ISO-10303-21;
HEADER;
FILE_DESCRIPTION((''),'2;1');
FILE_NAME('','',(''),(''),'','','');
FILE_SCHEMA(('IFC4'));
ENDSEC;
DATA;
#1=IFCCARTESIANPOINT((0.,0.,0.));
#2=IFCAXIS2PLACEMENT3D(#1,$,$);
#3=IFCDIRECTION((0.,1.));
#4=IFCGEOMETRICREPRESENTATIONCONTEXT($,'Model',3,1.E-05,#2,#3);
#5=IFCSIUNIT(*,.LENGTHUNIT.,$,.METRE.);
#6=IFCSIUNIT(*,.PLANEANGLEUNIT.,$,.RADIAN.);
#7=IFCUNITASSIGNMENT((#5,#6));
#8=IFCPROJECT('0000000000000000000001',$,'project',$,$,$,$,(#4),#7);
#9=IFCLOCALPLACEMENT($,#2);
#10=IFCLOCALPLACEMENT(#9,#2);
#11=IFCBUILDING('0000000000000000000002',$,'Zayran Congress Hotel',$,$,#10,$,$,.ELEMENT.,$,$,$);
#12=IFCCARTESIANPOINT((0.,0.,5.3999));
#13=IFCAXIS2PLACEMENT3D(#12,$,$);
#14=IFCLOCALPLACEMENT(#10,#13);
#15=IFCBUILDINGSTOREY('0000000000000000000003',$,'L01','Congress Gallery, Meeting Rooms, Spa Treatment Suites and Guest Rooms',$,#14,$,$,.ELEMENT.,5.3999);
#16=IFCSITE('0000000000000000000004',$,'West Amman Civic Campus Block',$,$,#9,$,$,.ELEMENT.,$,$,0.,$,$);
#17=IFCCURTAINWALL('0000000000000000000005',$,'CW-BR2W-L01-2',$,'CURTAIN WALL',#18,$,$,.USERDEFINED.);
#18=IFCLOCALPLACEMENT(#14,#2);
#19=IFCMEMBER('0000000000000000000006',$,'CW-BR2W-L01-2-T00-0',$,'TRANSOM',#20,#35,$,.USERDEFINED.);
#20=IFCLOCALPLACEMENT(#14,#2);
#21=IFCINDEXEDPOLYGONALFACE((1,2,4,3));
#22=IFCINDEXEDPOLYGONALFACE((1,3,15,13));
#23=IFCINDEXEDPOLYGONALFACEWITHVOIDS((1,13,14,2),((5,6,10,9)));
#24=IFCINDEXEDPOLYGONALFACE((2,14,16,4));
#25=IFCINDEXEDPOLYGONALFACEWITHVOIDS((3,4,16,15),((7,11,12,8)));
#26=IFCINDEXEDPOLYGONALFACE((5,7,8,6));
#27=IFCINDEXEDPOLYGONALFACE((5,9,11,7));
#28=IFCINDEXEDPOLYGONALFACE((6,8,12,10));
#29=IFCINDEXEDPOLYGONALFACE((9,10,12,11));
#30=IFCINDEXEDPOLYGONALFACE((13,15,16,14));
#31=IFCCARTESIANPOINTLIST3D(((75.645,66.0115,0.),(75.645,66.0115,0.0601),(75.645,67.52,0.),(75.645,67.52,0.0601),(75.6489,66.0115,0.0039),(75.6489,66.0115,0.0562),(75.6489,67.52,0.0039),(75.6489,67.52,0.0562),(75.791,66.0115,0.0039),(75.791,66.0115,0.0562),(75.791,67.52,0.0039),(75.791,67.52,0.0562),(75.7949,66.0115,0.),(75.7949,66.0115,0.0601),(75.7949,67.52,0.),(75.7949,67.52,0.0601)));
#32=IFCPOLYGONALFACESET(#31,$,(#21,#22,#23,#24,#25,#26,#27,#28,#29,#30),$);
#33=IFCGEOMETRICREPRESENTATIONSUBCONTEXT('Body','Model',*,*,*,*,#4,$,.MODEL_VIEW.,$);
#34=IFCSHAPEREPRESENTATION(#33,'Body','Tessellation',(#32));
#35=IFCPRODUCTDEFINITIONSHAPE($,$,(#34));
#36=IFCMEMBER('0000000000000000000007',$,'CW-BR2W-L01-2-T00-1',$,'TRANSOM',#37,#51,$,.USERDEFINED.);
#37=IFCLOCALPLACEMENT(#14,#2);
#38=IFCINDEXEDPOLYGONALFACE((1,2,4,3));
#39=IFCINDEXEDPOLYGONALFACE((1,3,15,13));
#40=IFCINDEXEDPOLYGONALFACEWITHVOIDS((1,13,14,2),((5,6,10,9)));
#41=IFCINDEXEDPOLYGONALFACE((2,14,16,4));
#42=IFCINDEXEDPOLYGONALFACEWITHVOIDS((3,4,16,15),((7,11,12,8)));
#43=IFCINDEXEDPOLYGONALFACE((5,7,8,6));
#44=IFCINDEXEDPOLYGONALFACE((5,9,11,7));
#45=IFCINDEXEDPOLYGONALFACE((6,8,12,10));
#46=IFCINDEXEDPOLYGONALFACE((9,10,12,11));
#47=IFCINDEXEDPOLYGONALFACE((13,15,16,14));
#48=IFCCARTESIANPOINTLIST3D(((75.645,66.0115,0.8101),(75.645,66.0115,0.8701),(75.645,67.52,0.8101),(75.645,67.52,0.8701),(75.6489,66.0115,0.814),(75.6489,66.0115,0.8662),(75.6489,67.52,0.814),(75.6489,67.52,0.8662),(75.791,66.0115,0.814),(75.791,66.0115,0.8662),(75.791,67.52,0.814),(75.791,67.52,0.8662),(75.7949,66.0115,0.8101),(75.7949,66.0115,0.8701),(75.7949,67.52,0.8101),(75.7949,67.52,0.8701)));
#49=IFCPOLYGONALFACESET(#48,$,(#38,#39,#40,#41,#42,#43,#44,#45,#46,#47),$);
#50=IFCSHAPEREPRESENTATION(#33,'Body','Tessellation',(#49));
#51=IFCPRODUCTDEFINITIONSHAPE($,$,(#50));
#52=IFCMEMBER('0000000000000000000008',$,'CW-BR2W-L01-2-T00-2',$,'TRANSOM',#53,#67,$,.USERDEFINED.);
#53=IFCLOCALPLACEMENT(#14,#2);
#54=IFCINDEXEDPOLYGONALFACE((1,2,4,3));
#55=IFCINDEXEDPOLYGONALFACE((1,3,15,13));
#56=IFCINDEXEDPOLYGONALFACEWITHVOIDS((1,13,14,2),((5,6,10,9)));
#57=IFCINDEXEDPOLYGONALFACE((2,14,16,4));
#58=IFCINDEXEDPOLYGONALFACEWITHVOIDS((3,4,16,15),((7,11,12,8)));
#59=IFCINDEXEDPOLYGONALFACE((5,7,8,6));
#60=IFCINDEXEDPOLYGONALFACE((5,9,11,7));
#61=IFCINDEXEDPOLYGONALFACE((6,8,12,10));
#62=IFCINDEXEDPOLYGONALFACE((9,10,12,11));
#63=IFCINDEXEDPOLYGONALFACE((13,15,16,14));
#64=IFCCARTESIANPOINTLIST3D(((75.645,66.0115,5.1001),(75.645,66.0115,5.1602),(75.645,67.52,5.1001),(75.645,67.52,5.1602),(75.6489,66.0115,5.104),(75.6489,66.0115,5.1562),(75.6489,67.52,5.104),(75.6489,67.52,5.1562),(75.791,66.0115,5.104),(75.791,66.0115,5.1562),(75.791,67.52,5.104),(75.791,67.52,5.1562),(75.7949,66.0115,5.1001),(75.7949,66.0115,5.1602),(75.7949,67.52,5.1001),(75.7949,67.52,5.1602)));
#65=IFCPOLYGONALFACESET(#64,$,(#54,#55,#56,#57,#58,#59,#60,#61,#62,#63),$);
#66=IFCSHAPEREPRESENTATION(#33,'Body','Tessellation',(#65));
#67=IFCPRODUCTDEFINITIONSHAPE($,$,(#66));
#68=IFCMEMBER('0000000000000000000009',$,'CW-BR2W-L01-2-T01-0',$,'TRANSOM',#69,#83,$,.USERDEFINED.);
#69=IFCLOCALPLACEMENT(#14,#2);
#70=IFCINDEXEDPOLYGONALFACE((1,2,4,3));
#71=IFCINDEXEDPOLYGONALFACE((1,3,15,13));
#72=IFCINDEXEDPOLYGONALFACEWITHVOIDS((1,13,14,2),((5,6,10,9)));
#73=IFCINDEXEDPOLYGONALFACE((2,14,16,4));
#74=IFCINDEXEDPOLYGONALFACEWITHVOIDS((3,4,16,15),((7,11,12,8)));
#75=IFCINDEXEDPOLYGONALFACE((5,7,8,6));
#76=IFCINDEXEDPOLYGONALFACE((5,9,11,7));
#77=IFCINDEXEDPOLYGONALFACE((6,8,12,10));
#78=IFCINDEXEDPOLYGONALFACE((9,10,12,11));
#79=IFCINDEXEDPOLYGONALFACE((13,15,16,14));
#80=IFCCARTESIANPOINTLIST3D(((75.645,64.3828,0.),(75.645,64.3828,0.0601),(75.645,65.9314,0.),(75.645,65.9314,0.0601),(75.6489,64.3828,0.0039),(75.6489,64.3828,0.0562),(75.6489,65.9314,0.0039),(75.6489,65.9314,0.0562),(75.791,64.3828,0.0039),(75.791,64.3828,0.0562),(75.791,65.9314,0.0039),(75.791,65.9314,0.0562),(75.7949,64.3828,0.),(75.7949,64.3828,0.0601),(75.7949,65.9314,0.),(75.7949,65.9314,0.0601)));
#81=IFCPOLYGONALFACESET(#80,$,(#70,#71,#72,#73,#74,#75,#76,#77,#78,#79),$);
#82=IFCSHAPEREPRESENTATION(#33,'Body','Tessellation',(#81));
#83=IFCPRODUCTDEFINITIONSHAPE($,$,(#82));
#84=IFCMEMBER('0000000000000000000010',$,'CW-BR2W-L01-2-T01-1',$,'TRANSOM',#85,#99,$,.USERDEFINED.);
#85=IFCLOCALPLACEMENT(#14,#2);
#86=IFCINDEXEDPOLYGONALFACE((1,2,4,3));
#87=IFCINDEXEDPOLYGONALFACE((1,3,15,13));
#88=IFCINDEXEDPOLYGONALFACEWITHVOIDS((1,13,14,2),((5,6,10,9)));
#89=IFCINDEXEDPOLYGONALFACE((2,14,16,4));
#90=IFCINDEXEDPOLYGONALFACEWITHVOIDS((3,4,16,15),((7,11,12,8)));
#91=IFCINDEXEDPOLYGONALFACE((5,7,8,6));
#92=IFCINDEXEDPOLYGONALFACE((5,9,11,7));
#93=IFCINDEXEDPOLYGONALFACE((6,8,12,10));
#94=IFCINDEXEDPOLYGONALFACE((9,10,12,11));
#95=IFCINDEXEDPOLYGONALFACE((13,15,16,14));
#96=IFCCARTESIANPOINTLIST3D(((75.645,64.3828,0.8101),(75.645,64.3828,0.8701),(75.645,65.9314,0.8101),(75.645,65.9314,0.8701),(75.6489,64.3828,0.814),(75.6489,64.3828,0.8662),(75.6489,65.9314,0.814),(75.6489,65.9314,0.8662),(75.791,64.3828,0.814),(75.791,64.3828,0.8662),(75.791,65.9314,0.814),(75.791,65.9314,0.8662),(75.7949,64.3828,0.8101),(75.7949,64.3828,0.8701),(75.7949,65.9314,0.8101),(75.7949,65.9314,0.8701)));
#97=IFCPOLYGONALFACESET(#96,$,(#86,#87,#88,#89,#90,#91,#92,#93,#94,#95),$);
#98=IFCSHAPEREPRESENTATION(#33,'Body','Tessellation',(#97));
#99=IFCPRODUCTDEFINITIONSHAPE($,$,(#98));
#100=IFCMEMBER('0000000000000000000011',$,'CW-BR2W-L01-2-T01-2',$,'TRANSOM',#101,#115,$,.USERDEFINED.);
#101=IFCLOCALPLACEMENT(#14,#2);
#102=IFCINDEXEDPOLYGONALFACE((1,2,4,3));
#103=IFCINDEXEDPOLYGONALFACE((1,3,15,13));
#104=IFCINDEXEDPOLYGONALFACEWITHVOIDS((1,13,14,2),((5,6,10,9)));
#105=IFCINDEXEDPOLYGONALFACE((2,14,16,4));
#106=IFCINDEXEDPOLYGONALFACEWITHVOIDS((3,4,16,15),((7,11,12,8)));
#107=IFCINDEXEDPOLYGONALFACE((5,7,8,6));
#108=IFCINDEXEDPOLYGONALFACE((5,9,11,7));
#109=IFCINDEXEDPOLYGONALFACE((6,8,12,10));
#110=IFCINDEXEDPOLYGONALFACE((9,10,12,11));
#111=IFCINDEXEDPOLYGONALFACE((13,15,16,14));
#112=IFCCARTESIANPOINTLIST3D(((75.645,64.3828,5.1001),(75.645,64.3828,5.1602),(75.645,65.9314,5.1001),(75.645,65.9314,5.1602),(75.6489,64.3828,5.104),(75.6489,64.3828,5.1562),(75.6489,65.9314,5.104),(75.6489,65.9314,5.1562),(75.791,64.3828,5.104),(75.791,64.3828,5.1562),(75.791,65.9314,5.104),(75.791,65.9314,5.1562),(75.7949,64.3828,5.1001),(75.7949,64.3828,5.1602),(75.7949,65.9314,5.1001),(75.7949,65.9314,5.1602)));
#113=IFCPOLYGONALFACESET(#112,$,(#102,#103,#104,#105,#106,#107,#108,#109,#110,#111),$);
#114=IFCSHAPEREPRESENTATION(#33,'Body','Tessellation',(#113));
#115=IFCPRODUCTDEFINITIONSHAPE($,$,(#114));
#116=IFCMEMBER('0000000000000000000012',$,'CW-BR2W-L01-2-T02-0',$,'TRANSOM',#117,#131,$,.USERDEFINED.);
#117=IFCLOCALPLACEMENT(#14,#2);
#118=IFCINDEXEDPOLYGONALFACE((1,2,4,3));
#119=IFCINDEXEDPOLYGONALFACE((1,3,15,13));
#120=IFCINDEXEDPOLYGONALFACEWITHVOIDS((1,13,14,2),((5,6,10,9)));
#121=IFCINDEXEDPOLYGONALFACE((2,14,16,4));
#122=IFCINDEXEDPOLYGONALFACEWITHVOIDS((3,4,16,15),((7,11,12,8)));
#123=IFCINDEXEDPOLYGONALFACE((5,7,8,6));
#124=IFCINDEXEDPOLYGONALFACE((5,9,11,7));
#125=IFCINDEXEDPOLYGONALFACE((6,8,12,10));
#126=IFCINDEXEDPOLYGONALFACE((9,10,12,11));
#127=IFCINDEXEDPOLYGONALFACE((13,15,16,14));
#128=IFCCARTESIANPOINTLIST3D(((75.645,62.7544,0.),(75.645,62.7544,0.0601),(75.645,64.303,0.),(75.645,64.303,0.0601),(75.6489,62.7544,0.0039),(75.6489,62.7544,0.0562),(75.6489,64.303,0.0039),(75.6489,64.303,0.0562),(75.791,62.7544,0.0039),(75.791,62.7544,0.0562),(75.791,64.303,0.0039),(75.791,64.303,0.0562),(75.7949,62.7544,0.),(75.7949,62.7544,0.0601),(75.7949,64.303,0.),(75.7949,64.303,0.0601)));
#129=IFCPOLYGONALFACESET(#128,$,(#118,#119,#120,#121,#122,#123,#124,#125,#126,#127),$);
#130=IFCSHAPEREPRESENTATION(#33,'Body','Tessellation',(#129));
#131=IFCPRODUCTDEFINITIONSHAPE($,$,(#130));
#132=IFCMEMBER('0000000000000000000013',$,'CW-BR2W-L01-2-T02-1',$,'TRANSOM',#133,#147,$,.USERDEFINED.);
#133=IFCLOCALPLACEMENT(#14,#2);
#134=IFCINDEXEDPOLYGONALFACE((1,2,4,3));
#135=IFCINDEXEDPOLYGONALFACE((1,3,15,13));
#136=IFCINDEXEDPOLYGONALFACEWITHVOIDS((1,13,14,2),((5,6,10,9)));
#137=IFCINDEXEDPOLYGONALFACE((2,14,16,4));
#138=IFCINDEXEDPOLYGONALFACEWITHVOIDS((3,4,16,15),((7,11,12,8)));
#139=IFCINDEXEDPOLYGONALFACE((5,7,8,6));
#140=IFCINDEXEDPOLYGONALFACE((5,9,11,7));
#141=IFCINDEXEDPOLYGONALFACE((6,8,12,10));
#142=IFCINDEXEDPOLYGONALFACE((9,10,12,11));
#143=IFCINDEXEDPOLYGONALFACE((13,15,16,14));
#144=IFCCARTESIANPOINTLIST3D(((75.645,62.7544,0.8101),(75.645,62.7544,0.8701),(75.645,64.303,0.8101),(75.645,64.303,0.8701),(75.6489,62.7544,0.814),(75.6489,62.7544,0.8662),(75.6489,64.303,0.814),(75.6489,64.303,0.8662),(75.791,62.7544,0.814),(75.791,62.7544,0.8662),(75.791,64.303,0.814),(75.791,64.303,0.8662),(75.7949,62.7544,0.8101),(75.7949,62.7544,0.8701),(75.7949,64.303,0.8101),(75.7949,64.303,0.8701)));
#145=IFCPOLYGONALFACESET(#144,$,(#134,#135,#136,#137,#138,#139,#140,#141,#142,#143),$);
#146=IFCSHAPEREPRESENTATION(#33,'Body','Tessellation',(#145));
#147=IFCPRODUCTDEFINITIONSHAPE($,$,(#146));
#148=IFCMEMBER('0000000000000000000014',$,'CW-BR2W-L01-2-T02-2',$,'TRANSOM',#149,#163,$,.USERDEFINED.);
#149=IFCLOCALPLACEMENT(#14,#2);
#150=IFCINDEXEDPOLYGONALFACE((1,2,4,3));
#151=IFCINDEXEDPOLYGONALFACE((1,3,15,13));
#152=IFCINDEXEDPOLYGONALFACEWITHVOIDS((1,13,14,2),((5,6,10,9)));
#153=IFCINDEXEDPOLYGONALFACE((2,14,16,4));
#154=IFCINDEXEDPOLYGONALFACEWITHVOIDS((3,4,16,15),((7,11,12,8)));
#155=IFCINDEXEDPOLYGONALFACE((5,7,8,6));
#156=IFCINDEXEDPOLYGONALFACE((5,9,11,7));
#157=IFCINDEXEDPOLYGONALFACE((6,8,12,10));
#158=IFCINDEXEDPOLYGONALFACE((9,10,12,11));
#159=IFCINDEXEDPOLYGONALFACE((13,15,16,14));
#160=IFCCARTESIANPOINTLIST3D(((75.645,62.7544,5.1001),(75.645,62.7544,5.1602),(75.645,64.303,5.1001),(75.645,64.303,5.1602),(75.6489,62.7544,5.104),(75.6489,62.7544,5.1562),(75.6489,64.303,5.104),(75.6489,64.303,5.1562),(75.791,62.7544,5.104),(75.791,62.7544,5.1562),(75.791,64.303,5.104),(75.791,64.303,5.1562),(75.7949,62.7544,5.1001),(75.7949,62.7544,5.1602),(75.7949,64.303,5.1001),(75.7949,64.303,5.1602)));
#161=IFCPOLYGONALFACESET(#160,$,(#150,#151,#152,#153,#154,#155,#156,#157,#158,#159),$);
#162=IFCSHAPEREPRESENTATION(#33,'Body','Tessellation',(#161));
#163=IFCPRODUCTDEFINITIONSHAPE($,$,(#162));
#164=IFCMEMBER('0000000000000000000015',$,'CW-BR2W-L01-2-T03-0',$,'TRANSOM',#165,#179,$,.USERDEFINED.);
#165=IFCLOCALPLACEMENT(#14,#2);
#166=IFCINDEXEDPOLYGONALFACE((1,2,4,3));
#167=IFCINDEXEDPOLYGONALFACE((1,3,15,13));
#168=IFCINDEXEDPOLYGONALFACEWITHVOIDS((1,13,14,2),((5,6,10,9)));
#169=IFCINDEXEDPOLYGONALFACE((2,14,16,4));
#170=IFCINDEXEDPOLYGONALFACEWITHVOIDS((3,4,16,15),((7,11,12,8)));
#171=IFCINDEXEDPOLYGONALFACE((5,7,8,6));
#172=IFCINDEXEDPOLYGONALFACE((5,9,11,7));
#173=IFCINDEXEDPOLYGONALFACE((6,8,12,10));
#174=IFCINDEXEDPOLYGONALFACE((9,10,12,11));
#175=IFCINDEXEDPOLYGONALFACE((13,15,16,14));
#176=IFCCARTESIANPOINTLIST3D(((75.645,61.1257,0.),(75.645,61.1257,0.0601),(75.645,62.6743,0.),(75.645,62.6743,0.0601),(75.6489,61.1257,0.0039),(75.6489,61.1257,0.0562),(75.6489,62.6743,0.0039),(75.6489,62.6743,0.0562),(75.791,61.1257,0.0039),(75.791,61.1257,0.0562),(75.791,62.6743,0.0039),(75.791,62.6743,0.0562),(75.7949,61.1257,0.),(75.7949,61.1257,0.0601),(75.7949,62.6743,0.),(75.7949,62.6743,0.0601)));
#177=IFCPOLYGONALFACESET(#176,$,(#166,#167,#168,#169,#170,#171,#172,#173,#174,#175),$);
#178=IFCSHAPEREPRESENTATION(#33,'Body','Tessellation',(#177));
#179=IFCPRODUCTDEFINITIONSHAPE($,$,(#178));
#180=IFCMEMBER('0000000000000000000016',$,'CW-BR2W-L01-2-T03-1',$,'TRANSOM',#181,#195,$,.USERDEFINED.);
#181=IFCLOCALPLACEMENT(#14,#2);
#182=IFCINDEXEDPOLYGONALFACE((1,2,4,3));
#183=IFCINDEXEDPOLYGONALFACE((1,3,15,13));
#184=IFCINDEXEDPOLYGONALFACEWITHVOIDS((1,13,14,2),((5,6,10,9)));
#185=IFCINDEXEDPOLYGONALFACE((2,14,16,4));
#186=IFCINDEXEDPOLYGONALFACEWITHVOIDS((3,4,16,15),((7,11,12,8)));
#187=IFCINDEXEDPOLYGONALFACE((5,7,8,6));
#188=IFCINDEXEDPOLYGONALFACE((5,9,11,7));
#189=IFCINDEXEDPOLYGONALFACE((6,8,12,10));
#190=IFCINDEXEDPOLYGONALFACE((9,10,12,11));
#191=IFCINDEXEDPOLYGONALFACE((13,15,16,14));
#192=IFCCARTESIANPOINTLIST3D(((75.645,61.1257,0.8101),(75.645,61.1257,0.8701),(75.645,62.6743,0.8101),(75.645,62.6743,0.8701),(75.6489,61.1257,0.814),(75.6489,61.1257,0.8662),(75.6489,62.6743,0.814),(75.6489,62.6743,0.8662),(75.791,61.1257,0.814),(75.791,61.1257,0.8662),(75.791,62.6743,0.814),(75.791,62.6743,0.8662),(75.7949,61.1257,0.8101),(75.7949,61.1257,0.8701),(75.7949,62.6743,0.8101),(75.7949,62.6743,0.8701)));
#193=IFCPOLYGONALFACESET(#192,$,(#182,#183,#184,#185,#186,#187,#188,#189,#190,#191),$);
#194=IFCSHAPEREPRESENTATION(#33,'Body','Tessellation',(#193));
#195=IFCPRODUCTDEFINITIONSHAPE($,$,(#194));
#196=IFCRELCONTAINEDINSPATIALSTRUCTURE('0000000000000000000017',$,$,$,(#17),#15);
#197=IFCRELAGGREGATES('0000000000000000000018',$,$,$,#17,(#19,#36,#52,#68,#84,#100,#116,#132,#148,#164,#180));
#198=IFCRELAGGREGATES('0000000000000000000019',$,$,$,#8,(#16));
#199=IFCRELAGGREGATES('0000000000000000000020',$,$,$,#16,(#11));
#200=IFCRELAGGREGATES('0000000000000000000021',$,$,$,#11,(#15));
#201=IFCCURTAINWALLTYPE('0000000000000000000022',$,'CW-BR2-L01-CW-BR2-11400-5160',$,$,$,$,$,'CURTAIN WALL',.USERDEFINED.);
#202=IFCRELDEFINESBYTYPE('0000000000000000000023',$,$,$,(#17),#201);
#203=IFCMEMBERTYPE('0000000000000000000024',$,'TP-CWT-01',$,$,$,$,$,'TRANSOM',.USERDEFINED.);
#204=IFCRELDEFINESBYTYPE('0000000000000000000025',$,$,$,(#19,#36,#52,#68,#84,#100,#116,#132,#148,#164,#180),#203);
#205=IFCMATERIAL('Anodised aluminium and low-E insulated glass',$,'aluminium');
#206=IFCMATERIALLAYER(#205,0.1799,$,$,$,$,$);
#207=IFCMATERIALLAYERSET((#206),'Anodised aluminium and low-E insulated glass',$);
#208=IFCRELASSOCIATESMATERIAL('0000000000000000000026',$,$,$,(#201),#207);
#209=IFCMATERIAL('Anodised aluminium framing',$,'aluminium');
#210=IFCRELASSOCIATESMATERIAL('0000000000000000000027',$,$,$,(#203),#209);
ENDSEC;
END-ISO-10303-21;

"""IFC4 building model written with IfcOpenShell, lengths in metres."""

from ifc_helpers import new_model, si_unit, direction, frame, origin, origin_2d, place, context, subcontext, project, spatial, hollow_rectangle, extrude, material, layer, layer_set, material_profile, profile_set, type_object, element, aggregate, save


model = new_model("IFC4")

# Units and contexts
model_context = context("Model", 3, precision=1e-05, world=origin(), true_north=direction((0.0, 1.0)))
body_context = subcontext(model_context, "Body", "Model", "MODEL_VIEW")
ifc_project = project(units=[si_unit("LENGTHUNIT", "METRE"), si_unit("PLANEANGLEUNIT", "RADIAN")], contexts=[model_context])

# Site, building, storey
site_placement = place(None, origin())
site = spatial("IfcSite", under=ifc_project, at=site_placement, Name="West Amman Civic Campus Block", CompositionType="ELEMENT", RefElevation=0.0)
building_placement = place(site_placement, origin())
building = spatial("IfcBuilding", under=site, at=building_placement, Name="Zayran Congress Hotel", CompositionType="ELEMENT")
storey_placement = place(building_placement, frame((0.0, 0.0, 5.3999)))
storey = spatial("IfcBuildingStorey", under=building, at=storey_placement, Name="L01", Description="Congress Gallery, Meeting Rooms, Spa Treatment Suites and Guest Rooms", CompositionType="ELEMENT", Elevation=5.3999)

# Curtain wall, members
ifc_material_1 = material(Name="Anodised aluminium and low-E insulated glass", Category="aluminium")
ifc_layer_1 = layer(ifc_material_1, 0.1799)
ifc_layer_set_1 = layer_set([ifc_layer_1], Name="Anodised aluminium and low-E insulated glass")
curtain_wall_type = type_object("IfcCurtainWallType", Name="CW-BR2-L01-CW-BR2-11400-5160", ElementType="CURTAIN WALL", PredefinedType="USERDEFINED", material=ifc_layer_set_1)
curtain_wall_placement = place(storey_placement, origin())
curtain_wall = element("IfcCurtainWall", 1, at=curtain_wall_placement, inside=storey, type_object=curtain_wall_type, Name="CW-BR2W-L01-2", ObjectType="CURTAIN WALL", PredefinedType="USERDEFINED")
ifc_material_2 = material(Name="Anodised aluminium framing", Category="aluminium")
ifc_material_profile_1 = material_profile(ifc_material_2, hollow_rectangle(XDim=0.0601, YDim=0.1499, WallThickness=0.0039, at=origin_2d()), Name="RHS 150x60x4")
ifc_profile_set_1 = profile_set([ifc_material_profile_1], Name="Anodised aluminium framing")
member_type_1 = type_object("IfcMemberType", Name="TP-CWT-01", ElementType="TRANSOM", PredefinedType="USERDEFINED", material=ifc_profile_set_1)
member_1_placement = place(storey_placement, frame((75.72, 67.52, 0.03), z_axis=(0.0, -1.0, 0.0), x_axis=(0.0, 0.0, 1.0)))
member_1 = element("IfcMember", 2, at=member_1_placement, type_object=member_type_1, Name="CW-BR2W-L01-2-T00-0", ObjectType="TRANSOM", PredefinedType="USERDEFINED", context=body_context, shape_type="SweptSolid", body=[
    extrude(hollow_rectangle(XDim=0.0601, YDim=0.1499, WallThickness=0.0039, at=origin_2d()), origin(), (0.0, 0.0, 1.0), 1.5085),
])
member_2_placement = place(storey_placement, frame((75.72, 67.52, 0.8401), z_axis=(0.0, -1.0, 0.0), x_axis=(0.0, 0.0, 1.0)))
member_2 = element("IfcMember", 3, at=member_2_placement, type_object=member_type_1, Name="CW-BR2W-L01-2-T00-1", ObjectType="TRANSOM", PredefinedType="USERDEFINED", context=body_context, shape_type="SweptSolid", body=[
    extrude(hollow_rectangle(XDim=0.0601, YDim=0.1499, WallThickness=0.0039, at=origin_2d()), origin(), (0.0, 0.0, 1.0), 1.5085),
])
member_3_placement = place(storey_placement, frame((75.72, 67.52, 5.1301), z_axis=(0.0, -1.0, 0.0), x_axis=(0.0, 0.0, 1.0)))
member_3 = element("IfcMember", 4, at=member_3_placement, type_object=member_type_1, Name="CW-BR2W-L01-2-T00-2", ObjectType="TRANSOM", PredefinedType="USERDEFINED", context=body_context, shape_type="SweptSolid", body=[
    extrude(hollow_rectangle(XDim=0.0601, YDim=0.1499, WallThickness=0.0039, at=origin_2d()), origin(), (0.0, 0.0, 1.0), 1.5085),
])
member_4_placement = place(storey_placement, frame((75.72, 65.9314, 0.03), z_axis=(0.0, -1.0, 0.0), x_axis=(0.0, 0.0, 1.0)))
member_4 = element("IfcMember", 5, at=member_4_placement, type_object=member_type_1, Name="CW-BR2W-L01-2-T01-0", ObjectType="TRANSOM", PredefinedType="USERDEFINED", context=body_context, shape_type="SweptSolid", body=[
    extrude(hollow_rectangle(XDim=0.0601, YDim=0.1499, WallThickness=0.0039, at=origin_2d()), origin(), (0.0, 0.0, 1.0), 1.5486),
])
member_5_placement = place(storey_placement, frame((75.72, 65.9314, 0.8401), z_axis=(0.0, -1.0, 0.0), x_axis=(0.0, 0.0, 1.0)))
member_5 = element("IfcMember", 6, at=member_5_placement, type_object=member_type_1, Name="CW-BR2W-L01-2-T01-1", ObjectType="TRANSOM", PredefinedType="USERDEFINED", context=body_context, shape_type="SweptSolid", body=[
    extrude(hollow_rectangle(XDim=0.0601, YDim=0.1499, WallThickness=0.0039, at=origin_2d()), origin(), (0.0, 0.0, 1.0), 1.5486),
])
member_6_placement = place(storey_placement, frame((75.72, 65.9314, 5.1301), z_axis=(0.0, -1.0, 0.0), x_axis=(0.0, 0.0, 1.0)))
member_6 = element("IfcMember", 7, at=member_6_placement, type_object=member_type_1, Name="CW-BR2W-L01-2-T01-2", ObjectType="TRANSOM", PredefinedType="USERDEFINED", context=body_context, shape_type="SweptSolid", body=[
    extrude(hollow_rectangle(XDim=0.0601, YDim=0.1499, WallThickness=0.0039, at=origin_2d()), origin(), (0.0, 0.0, 1.0), 1.5486),
])
member_7_placement = place(storey_placement, frame((75.72, 64.303, 0.03), z_axis=(0.0, -1.0, 0.0), x_axis=(0.0, 0.0, 1.0)))
member_7 = element("IfcMember", 8, at=member_7_placement, type_object=member_type_1, Name="CW-BR2W-L01-2-T02-0", ObjectType="TRANSOM", PredefinedType="USERDEFINED", context=body_context, shape_type="SweptSolid", body=[
    extrude(hollow_rectangle(XDim=0.0601, YDim=0.1499, WallThickness=0.0039, at=origin_2d()), origin(), (0.0, 0.0, 1.0), 1.5486),
])
member_8_placement = place(storey_placement, frame((75.72, 64.303, 0.8401), z_axis=(0.0, -1.0, 0.0), x_axis=(0.0, 0.0, 1.0)))
member_8 = element("IfcMember", 9, at=member_8_placement, type_object=member_type_1, Name="CW-BR2W-L01-2-T02-1", ObjectType="TRANSOM", PredefinedType="USERDEFINED", context=body_context, shape_type="SweptSolid", body=[
    extrude(hollow_rectangle(XDim=0.0601, YDim=0.1499, WallThickness=0.0039, at=origin_2d()), origin(), (0.0, 0.0, 1.0), 1.5486),
])
member_9_placement = place(storey_placement, frame((75.72, 64.303, 5.1301), z_axis=(0.0, -1.0, 0.0), x_axis=(0.0, 0.0, 1.0)))
member_9 = element("IfcMember", 10, at=member_9_placement, type_object=member_type_1, Name="CW-BR2W-L01-2-T02-2", ObjectType="TRANSOM", PredefinedType="USERDEFINED", context=body_context, shape_type="SweptSolid", body=[
    extrude(hollow_rectangle(XDim=0.0601, YDim=0.1499, WallThickness=0.0039, at=origin_2d()), origin(), (0.0, 0.0, 1.0), 1.5486),
])
member_10_placement = place(storey_placement, frame((75.72, 62.6743, 0.03), z_axis=(0.0, -1.0, 0.0), x_axis=(0.0, 0.0, 1.0)))
member_10 = element("IfcMember", 11, at=member_10_placement, type_object=member_type_1, Name="CW-BR2W-L01-2-T03-0", ObjectType="TRANSOM", PredefinedType="USERDEFINED", context=body_context, shape_type="SweptSolid", body=[
    extrude(hollow_rectangle(XDim=0.0601, YDim=0.1499, WallThickness=0.0039, at=origin_2d()), origin(), (0.0, 0.0, 1.0), 1.5486),
])
member_11_placement = place(storey_placement, frame((75.72, 62.6743, 0.8401), z_axis=(0.0, -1.0, 0.0), x_axis=(0.0, 0.0, 1.0)))
member_11 = element("IfcMember", 12, at=member_11_placement, type_object=member_type_1, Name="CW-BR2W-L01-2-T03-1", ObjectType="TRANSOM", PredefinedType="USERDEFINED", context=body_context, shape_type="SweptSolid", body=[
    extrude(hollow_rectangle(XDim=0.0601, YDim=0.1499, WallThickness=0.0039, at=origin_2d()), origin(), (0.0, 0.0, 1.0), 1.5486),
])
aggregate(curtain_wall, [member_1, member_2, member_3, member_4, member_5, member_6, member_7, member_8, member_9, member_10, member_11])

save(model, "model.ifc")
